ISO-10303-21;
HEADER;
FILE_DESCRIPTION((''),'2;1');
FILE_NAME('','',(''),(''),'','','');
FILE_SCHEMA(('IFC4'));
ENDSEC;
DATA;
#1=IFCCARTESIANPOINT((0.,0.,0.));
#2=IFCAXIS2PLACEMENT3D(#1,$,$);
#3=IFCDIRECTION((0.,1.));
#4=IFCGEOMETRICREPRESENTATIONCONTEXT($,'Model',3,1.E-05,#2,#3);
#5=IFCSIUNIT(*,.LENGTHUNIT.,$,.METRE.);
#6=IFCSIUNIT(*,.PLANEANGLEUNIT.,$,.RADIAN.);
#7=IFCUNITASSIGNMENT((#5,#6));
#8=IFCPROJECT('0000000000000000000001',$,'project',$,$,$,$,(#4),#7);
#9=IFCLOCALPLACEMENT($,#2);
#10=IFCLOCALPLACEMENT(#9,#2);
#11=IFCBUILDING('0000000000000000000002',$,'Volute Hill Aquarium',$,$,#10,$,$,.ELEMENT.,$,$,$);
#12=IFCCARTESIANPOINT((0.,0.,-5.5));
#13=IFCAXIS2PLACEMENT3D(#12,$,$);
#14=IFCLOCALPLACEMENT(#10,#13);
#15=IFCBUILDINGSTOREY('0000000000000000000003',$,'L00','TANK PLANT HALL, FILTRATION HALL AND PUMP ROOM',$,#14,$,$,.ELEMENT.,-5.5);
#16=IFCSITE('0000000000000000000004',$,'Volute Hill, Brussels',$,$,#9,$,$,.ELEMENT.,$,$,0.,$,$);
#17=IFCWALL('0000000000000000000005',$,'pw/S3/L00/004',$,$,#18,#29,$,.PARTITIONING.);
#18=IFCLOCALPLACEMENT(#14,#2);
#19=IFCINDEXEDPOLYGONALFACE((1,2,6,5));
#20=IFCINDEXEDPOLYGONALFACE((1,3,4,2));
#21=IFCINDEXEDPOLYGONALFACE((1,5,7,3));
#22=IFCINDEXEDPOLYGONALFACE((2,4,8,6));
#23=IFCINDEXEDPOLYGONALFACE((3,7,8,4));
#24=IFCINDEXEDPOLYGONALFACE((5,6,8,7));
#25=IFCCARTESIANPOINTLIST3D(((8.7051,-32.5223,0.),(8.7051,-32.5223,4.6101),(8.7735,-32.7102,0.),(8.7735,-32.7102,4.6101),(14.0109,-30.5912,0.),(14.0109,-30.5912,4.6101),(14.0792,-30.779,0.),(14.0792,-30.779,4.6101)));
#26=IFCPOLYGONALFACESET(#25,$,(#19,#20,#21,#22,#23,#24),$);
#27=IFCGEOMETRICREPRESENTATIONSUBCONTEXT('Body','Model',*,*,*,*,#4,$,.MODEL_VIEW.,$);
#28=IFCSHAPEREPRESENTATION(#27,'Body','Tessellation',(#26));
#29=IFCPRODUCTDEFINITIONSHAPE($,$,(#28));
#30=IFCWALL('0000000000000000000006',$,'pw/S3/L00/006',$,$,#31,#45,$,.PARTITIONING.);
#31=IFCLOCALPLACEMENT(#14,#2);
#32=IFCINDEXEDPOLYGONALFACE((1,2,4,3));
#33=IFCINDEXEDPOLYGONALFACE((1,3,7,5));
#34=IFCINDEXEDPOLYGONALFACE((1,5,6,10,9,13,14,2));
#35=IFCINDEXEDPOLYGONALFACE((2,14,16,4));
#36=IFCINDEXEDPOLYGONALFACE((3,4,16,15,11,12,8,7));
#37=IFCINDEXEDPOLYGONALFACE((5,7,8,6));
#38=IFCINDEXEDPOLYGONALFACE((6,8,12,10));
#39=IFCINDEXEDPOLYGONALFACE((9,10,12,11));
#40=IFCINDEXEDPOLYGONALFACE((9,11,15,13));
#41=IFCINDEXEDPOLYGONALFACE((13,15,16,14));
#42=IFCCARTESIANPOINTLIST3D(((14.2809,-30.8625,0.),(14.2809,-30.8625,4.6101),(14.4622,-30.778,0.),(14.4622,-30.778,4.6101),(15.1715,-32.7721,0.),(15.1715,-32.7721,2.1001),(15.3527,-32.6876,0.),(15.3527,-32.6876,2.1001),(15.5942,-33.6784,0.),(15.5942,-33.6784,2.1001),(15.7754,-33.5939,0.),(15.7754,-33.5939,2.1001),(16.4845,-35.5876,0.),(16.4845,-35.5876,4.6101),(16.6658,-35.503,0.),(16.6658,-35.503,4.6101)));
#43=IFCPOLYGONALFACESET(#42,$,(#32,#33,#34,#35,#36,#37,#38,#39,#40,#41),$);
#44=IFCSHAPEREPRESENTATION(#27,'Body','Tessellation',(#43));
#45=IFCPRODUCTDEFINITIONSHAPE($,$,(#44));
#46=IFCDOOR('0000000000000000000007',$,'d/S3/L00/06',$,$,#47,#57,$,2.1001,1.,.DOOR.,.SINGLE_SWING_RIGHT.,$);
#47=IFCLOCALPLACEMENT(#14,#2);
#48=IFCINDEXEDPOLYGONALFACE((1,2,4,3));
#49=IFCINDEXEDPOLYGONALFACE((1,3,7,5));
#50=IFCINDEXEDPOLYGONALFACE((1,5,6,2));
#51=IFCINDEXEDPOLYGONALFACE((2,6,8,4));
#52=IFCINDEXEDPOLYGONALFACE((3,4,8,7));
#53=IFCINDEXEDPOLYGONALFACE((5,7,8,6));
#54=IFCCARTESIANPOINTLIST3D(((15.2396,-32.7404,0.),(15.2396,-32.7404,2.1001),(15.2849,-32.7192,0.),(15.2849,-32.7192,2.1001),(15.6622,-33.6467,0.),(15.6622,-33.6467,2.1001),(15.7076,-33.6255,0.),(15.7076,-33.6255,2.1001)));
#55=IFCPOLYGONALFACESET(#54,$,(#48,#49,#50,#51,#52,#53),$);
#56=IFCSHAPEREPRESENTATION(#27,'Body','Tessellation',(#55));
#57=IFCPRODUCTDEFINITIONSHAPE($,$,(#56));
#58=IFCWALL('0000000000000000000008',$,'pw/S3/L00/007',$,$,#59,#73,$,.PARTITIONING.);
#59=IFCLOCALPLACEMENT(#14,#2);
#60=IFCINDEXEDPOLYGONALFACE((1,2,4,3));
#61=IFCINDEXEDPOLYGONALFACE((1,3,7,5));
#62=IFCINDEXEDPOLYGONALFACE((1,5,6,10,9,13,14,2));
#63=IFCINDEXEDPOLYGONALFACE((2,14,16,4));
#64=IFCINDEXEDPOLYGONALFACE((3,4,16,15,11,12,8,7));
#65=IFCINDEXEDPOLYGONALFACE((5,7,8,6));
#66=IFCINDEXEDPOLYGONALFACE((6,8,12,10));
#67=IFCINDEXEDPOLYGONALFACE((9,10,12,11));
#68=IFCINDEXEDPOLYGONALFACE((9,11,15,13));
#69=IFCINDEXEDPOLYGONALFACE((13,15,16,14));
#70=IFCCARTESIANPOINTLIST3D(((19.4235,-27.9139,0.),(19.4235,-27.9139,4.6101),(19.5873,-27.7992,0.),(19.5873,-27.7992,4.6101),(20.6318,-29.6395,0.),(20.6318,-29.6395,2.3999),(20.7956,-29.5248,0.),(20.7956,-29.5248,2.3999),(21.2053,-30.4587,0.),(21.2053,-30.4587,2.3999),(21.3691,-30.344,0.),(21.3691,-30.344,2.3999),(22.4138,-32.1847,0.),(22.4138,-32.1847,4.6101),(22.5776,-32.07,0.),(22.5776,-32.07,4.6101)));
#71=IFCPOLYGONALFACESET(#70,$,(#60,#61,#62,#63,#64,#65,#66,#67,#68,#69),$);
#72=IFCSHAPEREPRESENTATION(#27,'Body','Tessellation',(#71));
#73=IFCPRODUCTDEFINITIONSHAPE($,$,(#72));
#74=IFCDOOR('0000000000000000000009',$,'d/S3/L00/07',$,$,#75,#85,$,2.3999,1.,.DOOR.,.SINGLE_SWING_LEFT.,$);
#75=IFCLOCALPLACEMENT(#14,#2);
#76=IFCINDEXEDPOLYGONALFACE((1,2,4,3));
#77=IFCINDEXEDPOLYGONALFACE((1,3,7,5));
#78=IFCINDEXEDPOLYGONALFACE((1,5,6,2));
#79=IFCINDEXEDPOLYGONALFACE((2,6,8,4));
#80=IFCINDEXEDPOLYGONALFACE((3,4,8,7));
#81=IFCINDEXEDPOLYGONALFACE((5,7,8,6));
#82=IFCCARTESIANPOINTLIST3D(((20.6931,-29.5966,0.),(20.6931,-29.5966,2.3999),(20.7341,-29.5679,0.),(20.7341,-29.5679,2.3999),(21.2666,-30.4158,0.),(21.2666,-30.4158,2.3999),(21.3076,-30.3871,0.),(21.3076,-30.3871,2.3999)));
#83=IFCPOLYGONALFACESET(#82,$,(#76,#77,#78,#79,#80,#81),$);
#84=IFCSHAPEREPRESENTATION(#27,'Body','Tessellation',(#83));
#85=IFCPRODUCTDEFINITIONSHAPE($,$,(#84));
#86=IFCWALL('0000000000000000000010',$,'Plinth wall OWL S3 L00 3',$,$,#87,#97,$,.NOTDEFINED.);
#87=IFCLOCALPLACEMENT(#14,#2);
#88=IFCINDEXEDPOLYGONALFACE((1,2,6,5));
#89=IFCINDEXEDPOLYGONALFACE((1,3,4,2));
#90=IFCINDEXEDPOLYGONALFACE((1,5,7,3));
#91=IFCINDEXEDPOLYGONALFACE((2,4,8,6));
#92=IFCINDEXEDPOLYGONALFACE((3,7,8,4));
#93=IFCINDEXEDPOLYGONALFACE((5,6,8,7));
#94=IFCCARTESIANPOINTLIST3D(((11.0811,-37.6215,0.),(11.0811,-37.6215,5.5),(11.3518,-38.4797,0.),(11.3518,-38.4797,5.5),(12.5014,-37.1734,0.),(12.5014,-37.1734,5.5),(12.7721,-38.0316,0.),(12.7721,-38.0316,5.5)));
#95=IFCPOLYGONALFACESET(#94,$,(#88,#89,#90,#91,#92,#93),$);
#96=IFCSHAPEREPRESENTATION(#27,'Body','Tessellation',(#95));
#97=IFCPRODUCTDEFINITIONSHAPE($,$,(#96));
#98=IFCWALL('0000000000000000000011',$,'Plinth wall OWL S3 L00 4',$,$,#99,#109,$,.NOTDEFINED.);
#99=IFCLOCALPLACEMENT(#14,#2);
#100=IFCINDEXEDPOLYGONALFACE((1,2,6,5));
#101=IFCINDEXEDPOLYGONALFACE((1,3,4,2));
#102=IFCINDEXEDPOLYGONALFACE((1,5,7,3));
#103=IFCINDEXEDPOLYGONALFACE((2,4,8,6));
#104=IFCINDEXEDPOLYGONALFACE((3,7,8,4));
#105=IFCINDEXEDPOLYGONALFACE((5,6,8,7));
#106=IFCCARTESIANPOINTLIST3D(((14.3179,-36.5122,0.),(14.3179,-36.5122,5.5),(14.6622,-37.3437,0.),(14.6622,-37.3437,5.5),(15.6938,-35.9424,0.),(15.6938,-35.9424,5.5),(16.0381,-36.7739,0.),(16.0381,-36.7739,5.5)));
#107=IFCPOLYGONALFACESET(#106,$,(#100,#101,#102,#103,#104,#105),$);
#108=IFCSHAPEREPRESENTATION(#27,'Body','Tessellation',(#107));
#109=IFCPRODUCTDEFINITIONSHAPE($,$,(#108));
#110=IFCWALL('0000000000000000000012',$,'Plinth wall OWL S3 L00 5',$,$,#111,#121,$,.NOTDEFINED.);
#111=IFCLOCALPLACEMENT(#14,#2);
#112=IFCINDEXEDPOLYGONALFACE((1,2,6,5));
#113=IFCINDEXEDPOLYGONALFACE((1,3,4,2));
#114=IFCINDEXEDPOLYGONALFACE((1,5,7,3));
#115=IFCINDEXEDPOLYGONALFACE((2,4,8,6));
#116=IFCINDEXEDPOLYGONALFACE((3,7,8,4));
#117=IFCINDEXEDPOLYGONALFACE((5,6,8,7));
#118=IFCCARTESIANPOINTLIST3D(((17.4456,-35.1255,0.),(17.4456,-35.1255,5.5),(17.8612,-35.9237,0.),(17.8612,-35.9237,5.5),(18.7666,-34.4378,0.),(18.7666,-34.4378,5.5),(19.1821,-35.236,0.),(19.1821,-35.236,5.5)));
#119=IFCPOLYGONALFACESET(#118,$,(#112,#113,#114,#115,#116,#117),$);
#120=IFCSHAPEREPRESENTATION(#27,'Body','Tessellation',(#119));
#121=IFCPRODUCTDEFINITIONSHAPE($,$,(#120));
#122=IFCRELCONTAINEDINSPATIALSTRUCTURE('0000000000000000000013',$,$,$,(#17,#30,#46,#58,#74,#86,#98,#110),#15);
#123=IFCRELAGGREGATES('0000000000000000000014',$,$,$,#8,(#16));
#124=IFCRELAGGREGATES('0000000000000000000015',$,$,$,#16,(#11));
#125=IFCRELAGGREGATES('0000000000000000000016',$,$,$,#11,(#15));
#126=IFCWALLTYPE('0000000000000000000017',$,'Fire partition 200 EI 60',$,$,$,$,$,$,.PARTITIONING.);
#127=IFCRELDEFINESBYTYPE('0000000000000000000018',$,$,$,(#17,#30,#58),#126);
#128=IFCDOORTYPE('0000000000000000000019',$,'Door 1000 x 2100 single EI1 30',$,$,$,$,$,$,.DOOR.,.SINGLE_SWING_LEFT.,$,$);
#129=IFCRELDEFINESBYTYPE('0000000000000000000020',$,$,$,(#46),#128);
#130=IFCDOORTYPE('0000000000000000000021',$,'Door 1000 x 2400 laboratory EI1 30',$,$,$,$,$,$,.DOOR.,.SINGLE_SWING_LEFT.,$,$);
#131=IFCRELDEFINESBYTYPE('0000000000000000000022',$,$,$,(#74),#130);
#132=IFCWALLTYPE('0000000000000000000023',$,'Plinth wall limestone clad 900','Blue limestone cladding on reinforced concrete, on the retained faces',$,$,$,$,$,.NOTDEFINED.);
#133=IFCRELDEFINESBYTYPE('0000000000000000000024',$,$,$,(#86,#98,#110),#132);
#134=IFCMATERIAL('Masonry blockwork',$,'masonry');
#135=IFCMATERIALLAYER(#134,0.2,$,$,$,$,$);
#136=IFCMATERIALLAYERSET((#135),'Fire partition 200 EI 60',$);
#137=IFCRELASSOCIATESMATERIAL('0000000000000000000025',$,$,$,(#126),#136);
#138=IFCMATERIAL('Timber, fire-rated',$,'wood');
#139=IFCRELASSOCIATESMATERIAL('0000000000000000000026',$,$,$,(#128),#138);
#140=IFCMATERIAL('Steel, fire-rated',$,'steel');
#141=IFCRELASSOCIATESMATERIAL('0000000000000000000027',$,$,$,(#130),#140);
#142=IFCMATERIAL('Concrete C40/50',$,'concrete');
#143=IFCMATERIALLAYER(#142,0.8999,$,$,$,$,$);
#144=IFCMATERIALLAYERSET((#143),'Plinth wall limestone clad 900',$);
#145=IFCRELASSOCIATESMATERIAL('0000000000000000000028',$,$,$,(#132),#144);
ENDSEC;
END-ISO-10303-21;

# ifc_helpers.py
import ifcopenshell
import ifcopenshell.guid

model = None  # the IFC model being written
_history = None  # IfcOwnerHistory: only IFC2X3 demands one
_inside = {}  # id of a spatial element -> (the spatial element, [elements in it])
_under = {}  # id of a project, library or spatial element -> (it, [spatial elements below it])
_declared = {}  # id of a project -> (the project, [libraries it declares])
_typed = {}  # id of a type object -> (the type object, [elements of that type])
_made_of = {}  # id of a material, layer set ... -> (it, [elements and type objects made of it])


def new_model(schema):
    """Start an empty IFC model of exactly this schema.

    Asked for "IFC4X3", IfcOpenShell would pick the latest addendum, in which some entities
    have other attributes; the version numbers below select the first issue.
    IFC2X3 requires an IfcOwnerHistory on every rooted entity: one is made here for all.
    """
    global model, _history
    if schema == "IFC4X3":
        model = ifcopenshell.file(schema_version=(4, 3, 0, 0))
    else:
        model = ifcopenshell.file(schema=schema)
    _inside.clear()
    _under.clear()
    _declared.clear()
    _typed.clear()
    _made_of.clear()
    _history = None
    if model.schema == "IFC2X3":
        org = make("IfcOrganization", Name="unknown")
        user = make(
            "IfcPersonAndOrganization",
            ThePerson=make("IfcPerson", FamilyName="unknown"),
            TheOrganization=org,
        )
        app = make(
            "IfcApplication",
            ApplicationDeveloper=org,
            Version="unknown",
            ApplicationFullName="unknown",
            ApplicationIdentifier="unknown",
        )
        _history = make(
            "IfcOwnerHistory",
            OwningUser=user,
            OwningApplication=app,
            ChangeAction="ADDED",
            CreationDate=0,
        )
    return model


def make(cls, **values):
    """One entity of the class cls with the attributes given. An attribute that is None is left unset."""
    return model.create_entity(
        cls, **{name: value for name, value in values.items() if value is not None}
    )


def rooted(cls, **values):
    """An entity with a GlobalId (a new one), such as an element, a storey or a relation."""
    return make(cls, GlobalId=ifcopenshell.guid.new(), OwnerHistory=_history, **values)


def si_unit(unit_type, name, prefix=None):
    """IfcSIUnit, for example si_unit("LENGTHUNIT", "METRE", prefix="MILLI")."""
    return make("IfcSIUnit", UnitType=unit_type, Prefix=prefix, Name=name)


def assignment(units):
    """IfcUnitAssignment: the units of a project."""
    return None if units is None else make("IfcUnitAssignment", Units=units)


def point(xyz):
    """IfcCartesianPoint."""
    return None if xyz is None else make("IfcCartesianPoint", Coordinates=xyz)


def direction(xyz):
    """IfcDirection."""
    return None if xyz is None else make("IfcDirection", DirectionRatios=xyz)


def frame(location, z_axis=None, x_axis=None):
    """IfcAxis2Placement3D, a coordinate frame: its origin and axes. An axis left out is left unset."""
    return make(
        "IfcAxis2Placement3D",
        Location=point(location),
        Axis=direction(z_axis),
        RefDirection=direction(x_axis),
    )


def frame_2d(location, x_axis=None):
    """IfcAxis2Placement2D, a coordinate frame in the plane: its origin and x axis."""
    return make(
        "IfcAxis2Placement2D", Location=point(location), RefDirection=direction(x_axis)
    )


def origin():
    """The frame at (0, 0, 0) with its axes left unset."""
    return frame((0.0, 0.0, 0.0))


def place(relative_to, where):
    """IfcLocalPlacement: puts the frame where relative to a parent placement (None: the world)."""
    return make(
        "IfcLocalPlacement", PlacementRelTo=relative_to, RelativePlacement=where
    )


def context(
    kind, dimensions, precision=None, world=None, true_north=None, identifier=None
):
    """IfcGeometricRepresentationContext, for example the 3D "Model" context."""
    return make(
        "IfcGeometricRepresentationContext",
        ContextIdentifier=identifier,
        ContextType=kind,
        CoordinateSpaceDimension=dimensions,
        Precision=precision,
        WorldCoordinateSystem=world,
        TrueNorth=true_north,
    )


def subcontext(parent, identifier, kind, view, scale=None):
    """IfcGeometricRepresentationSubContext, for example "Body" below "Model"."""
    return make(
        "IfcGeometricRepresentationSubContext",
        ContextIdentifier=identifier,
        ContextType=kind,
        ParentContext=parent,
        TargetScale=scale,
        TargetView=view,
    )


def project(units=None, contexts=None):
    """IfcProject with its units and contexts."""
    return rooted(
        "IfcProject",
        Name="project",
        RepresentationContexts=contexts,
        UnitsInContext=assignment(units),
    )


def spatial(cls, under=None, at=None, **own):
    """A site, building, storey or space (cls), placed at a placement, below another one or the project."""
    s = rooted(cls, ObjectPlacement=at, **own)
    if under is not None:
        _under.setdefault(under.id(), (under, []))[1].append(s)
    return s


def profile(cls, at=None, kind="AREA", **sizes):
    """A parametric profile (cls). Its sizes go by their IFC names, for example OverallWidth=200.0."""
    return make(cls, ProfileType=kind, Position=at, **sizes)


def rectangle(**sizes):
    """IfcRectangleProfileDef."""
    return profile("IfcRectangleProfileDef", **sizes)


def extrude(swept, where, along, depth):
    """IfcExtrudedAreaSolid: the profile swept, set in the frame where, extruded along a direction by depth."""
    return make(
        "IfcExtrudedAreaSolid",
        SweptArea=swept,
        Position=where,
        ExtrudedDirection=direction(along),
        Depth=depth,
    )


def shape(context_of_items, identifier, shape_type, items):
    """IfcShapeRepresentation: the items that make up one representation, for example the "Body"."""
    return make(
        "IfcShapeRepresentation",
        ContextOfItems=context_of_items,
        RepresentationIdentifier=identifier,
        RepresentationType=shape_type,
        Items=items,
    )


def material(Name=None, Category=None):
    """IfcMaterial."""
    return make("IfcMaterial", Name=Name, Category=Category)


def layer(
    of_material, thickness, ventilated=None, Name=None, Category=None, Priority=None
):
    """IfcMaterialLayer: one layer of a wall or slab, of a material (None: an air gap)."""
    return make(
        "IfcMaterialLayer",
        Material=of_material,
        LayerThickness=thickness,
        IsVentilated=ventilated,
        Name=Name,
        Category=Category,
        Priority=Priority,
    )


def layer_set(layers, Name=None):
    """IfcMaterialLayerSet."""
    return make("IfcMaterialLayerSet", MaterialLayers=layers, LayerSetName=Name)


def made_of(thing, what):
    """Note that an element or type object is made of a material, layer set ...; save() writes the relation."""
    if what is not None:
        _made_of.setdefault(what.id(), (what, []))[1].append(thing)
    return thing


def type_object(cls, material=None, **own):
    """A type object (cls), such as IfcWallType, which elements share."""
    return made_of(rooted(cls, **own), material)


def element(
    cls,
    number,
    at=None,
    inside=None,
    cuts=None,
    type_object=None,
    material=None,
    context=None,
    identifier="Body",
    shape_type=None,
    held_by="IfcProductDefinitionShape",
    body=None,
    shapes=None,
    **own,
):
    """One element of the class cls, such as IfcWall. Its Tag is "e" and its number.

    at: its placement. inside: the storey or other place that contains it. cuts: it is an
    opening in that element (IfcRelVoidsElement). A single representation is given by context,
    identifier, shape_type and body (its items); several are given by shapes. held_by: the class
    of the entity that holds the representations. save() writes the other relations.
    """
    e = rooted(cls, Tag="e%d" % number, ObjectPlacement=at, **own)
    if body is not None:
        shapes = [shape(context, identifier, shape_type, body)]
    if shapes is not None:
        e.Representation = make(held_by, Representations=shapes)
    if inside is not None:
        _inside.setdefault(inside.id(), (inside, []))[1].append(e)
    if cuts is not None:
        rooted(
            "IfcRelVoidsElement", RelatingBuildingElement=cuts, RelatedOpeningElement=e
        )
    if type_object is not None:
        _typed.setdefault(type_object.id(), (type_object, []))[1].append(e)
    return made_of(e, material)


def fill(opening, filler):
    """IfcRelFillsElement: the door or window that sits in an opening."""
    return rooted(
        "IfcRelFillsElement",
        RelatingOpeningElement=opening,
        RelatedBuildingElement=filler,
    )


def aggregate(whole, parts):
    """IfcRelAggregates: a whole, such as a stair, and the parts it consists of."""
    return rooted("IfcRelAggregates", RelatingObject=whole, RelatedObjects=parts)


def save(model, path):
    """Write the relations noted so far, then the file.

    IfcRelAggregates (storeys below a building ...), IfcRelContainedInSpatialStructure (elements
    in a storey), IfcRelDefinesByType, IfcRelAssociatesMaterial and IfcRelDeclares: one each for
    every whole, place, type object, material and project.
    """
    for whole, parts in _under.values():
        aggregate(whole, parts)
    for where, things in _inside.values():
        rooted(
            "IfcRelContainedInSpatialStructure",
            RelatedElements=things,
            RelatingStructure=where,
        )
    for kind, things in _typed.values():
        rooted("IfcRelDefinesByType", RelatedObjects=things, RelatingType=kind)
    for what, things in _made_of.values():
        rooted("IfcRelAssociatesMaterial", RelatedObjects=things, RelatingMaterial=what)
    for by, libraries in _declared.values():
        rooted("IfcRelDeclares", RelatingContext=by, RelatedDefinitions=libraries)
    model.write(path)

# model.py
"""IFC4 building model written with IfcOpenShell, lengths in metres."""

from ifc_helpers import new_model, si_unit, direction, frame, frame_2d, origin, place, context, subcontext, project, spatial, rectangle, extrude, material, layer, layer_set, type_object, element, fill, save


model = new_model("IFC4")

# Units and contexts
model_context = context("Model", 3, precision=1e-05, world=origin(), true_north=direction((0.0, 1.0)))
body_context = subcontext(model_context, "Body", "Model", "MODEL_VIEW")
ifc_project = project(units=[si_unit("LENGTHUNIT", "METRE"), si_unit("PLANEANGLEUNIT", "RADIAN")], contexts=[model_context])

# Site, building, storey
site_placement = place(None, origin())
site = spatial("IfcSite", under=ifc_project, at=site_placement, Name="Volute Hill, Brussels", CompositionType="ELEMENT", RefElevation=0.0)
building_placement = place(site_placement, origin())
building = spatial("IfcBuilding", under=site, at=building_placement, Name="Volute Hill Aquarium", CompositionType="ELEMENT")
storey_placement = place(building_placement, frame((0.0, 0.0, -5.5)))
storey = spatial("IfcBuildingStorey", under=building, at=storey_placement, Name="L00", Description="TANK PLANT HALL, FILTRATION HALL AND PUMP ROOM", CompositionType="ELEMENT", Elevation=-5.5)

# Wall
ifc_material_1 = material(Name="Masonry blockwork", Category="masonry")
ifc_layer_1 = layer(ifc_material_1, 0.2)
ifc_layer_set_1 = layer_set([ifc_layer_1], Name="Fire partition 200 EI 60")
wall_type_1 = type_object("IfcWallType", Name="Fire partition 200 EI 60", PredefinedType="PARTITIONING", material=ifc_layer_set_1)
wall_1_placement = place(storey_placement, frame((14.0452, -30.6851, 0.0), z_axis=(0.0, 0.0, 1.0), x_axis=(-0.93969, -0.342028, 0.0)))
element("IfcWall", 1, at=wall_1_placement, inside=storey, type_object=wall_type_1, Name="pw/S3/L00/004", PredefinedType="PARTITIONING", context=body_context, shape_type="SweptSolid", body=[
    extrude(rectangle(XDim=5.6462, YDim=0.2, at=frame_2d((2.8232, 0.0))), origin(), (0.0, 0.0, 1.0), 4.6101),
])

# Walls, openings, doors
wall_2_placement = place(storey_placement, frame((16.5752, -35.5454, 0.0), z_axis=(0.0, 0.0, 1.0), x_axis=(-0.42266, 0.906288, 0.0)))
wall_2 = element("IfcWall", 2, at=wall_2_placement, inside=storey, type_object=wall_type_1, Name="pw/S3/L00/006", PredefinedType="PARTITIONING", context=body_context, shape_type="SweptSolid", body=[
    extrude(rectangle(XDim=5.2136, YDim=0.2, at=frame_2d((2.6069, 0.0))), origin(), (0.0, 0.0, 1.0), 4.6101),
])
opening_1_placement = place(wall_2_placement, frame((2.1067, 0.0, 0.0)))
opening_1 = element("IfcOpeningElement", 3, at=opening_1_placement, cuts=wall_2, PredefinedType="OPENING", context=body_context, shape_type="SweptSolid", body=[
    extrude(rectangle(XDim=1.0, YDim=2.1001, at=frame_2d((0.5, 1.05))), frame((0.0, 0.1099, 0.0), z_axis=(0.0, -1.0, 0.0), x_axis=(1.0, 0.0, 0.0)), (0.0, 0.0, 1.0), 0.22),
])
ifc_material_2 = material(Name="Timber, fire-rated", Category="wood")
door_type_1 = type_object("IfcDoorType", Name="Door 1000 x 2100 single EI1 30", OperationType="SINGLE_SWING_LEFT", PredefinedType="DOOR", material=ifc_material_2)
door_1_placement = place(opening_1_placement, origin())
door_1 = element("IfcDoor", 4, at=door_1_placement, inside=storey, type_object=door_type_1, Name="d/S3/L00/06", OperationType="SINGLE_SWING_RIGHT", OverallHeight=2.1001, OverallWidth=1.0, PredefinedType="DOOR", context=body_context, shape_type="SweptSolid", body=[
    extrude(rectangle(XDim=1.0, YDim=2.1001, at=frame_2d((0.5, 1.05))), frame((0.0, 0.0249, 0.0), z_axis=(0.0, -1.0, 0.0), x_axis=(1.0, 0.0, 0.0)), (0.0, 0.0, 1.0), 0.05),
])
fill(opening_1, door_1)
wall_3_placement = place(storey_placement, frame((19.5054, -27.8564, 0.0), z_axis=(0.0, 0.0, 1.0), x_axis=(0.573553, -0.819168, 0.0)))
wall_3 = element("IfcWall", 5, at=wall_3_placement, inside=storey, type_object=wall_type_1, Name="pw/S3/L00/007", PredefinedType="PARTITIONING", context=body_context, shape_type="SweptSolid", body=[
    extrude(rectangle(XDim=5.2136, YDim=0.2, at=frame_2d((2.6069, 0.0))), origin(), (0.0, 0.0, 1.0), 4.6101),
])
opening_2_placement = place(wall_3_placement, frame((2.1067, 0.0, 0.0)))
opening_2 = element("IfcOpeningElement", 6, at=opening_2_placement, cuts=wall_3, PredefinedType="OPENING", context=body_context, shape_type="SweptSolid", body=[
    extrude(rectangle(XDim=1.0, YDim=2.3999, at=frame_2d((0.5, 1.2))), frame((0.0, 0.1099, 0.0), z_axis=(0.0, -1.0, 0.0), x_axis=(1.0, 0.0, 0.0)), (0.0, 0.0, 1.0), 0.22),
])
ifc_material_3 = material(Name="Steel, fire-rated", Category="steel")
door_type_2 = type_object("IfcDoorType", Name="Door 1000 x 2400 laboratory EI1 30", OperationType="SINGLE_SWING_LEFT", PredefinedType="DOOR", material=ifc_material_3)
door_2_placement = place(opening_2_placement, origin())
door_2 = element("IfcDoor", 7, at=door_2_placement, inside=storey, type_object=door_type_2, Name="d/S3/L00/07", OperationType="SINGLE_SWING_LEFT", OverallHeight=2.3999, OverallWidth=1.0, PredefinedType="DOOR", context=body_context, shape_type="SweptSolid", body=[
    extrude(rectangle(XDim=1.0, YDim=2.3999, at=frame_2d((0.5, 1.2))), frame((0.0, 0.0249, 0.0), z_axis=(0.0, -1.0, 0.0), x_axis=(1.0, 0.0, 0.0)), (0.0, 0.0, 1.0), 0.05),
])
fill(opening_2, door_2)

# Walls
ifc_material_4 = material(Name="Concrete C40/50", Category="concrete")
ifc_layer_2 = layer(ifc_material_4, 0.8999)
ifc_layer_set_2 = layer_set([ifc_layer_2], Name="Plinth wall limestone clad 900")
wall_type_2 = type_object("IfcWallType", Name="Plinth wall limestone clad 900", Description="Blue limestone cladding on reinforced concrete, on the retained faces", PredefinedType="NOTDEFINED", material=ifc_layer_set_2)
for number, where, z_axis, x_axis, name in (
    (8, (12.6367, -37.6025, 0.0), (0.0, 0.0, 1.0), (-0.953674, -0.300841, 0.0), "Plinth wall OWL S3 L00 3"),
    (9, (15.866, -36.3582, 0.0), (0.0, 0.0, 1.0), (-0.923909, -0.382612, 0.0), "Plinth wall OWL S3 L00 4"),
    (10, (18.9744, -34.8369, 0.0), (0.0, 0.0, 1.0), (-0.886997, -0.461776, 0.0), "Plinth wall OWL S3 L00 5"),
):
    element("IfcWall", number, at=place(storey_placement, frame(where, z_axis=z_axis, x_axis=x_axis)), inside=storey, type_object=wall_type_2, Name=name, PredefinedType="NOTDEFINED", context=body_context, shape_type="SweptSolid", body=[
        extrude(rectangle(XDim=1.4893, YDim=0.8999, at=frame_2d((0.7446, 0.0))), origin(), (0.0, 0.0, 1.0), 5.5),
    ])

save(model, "model.ifc")
